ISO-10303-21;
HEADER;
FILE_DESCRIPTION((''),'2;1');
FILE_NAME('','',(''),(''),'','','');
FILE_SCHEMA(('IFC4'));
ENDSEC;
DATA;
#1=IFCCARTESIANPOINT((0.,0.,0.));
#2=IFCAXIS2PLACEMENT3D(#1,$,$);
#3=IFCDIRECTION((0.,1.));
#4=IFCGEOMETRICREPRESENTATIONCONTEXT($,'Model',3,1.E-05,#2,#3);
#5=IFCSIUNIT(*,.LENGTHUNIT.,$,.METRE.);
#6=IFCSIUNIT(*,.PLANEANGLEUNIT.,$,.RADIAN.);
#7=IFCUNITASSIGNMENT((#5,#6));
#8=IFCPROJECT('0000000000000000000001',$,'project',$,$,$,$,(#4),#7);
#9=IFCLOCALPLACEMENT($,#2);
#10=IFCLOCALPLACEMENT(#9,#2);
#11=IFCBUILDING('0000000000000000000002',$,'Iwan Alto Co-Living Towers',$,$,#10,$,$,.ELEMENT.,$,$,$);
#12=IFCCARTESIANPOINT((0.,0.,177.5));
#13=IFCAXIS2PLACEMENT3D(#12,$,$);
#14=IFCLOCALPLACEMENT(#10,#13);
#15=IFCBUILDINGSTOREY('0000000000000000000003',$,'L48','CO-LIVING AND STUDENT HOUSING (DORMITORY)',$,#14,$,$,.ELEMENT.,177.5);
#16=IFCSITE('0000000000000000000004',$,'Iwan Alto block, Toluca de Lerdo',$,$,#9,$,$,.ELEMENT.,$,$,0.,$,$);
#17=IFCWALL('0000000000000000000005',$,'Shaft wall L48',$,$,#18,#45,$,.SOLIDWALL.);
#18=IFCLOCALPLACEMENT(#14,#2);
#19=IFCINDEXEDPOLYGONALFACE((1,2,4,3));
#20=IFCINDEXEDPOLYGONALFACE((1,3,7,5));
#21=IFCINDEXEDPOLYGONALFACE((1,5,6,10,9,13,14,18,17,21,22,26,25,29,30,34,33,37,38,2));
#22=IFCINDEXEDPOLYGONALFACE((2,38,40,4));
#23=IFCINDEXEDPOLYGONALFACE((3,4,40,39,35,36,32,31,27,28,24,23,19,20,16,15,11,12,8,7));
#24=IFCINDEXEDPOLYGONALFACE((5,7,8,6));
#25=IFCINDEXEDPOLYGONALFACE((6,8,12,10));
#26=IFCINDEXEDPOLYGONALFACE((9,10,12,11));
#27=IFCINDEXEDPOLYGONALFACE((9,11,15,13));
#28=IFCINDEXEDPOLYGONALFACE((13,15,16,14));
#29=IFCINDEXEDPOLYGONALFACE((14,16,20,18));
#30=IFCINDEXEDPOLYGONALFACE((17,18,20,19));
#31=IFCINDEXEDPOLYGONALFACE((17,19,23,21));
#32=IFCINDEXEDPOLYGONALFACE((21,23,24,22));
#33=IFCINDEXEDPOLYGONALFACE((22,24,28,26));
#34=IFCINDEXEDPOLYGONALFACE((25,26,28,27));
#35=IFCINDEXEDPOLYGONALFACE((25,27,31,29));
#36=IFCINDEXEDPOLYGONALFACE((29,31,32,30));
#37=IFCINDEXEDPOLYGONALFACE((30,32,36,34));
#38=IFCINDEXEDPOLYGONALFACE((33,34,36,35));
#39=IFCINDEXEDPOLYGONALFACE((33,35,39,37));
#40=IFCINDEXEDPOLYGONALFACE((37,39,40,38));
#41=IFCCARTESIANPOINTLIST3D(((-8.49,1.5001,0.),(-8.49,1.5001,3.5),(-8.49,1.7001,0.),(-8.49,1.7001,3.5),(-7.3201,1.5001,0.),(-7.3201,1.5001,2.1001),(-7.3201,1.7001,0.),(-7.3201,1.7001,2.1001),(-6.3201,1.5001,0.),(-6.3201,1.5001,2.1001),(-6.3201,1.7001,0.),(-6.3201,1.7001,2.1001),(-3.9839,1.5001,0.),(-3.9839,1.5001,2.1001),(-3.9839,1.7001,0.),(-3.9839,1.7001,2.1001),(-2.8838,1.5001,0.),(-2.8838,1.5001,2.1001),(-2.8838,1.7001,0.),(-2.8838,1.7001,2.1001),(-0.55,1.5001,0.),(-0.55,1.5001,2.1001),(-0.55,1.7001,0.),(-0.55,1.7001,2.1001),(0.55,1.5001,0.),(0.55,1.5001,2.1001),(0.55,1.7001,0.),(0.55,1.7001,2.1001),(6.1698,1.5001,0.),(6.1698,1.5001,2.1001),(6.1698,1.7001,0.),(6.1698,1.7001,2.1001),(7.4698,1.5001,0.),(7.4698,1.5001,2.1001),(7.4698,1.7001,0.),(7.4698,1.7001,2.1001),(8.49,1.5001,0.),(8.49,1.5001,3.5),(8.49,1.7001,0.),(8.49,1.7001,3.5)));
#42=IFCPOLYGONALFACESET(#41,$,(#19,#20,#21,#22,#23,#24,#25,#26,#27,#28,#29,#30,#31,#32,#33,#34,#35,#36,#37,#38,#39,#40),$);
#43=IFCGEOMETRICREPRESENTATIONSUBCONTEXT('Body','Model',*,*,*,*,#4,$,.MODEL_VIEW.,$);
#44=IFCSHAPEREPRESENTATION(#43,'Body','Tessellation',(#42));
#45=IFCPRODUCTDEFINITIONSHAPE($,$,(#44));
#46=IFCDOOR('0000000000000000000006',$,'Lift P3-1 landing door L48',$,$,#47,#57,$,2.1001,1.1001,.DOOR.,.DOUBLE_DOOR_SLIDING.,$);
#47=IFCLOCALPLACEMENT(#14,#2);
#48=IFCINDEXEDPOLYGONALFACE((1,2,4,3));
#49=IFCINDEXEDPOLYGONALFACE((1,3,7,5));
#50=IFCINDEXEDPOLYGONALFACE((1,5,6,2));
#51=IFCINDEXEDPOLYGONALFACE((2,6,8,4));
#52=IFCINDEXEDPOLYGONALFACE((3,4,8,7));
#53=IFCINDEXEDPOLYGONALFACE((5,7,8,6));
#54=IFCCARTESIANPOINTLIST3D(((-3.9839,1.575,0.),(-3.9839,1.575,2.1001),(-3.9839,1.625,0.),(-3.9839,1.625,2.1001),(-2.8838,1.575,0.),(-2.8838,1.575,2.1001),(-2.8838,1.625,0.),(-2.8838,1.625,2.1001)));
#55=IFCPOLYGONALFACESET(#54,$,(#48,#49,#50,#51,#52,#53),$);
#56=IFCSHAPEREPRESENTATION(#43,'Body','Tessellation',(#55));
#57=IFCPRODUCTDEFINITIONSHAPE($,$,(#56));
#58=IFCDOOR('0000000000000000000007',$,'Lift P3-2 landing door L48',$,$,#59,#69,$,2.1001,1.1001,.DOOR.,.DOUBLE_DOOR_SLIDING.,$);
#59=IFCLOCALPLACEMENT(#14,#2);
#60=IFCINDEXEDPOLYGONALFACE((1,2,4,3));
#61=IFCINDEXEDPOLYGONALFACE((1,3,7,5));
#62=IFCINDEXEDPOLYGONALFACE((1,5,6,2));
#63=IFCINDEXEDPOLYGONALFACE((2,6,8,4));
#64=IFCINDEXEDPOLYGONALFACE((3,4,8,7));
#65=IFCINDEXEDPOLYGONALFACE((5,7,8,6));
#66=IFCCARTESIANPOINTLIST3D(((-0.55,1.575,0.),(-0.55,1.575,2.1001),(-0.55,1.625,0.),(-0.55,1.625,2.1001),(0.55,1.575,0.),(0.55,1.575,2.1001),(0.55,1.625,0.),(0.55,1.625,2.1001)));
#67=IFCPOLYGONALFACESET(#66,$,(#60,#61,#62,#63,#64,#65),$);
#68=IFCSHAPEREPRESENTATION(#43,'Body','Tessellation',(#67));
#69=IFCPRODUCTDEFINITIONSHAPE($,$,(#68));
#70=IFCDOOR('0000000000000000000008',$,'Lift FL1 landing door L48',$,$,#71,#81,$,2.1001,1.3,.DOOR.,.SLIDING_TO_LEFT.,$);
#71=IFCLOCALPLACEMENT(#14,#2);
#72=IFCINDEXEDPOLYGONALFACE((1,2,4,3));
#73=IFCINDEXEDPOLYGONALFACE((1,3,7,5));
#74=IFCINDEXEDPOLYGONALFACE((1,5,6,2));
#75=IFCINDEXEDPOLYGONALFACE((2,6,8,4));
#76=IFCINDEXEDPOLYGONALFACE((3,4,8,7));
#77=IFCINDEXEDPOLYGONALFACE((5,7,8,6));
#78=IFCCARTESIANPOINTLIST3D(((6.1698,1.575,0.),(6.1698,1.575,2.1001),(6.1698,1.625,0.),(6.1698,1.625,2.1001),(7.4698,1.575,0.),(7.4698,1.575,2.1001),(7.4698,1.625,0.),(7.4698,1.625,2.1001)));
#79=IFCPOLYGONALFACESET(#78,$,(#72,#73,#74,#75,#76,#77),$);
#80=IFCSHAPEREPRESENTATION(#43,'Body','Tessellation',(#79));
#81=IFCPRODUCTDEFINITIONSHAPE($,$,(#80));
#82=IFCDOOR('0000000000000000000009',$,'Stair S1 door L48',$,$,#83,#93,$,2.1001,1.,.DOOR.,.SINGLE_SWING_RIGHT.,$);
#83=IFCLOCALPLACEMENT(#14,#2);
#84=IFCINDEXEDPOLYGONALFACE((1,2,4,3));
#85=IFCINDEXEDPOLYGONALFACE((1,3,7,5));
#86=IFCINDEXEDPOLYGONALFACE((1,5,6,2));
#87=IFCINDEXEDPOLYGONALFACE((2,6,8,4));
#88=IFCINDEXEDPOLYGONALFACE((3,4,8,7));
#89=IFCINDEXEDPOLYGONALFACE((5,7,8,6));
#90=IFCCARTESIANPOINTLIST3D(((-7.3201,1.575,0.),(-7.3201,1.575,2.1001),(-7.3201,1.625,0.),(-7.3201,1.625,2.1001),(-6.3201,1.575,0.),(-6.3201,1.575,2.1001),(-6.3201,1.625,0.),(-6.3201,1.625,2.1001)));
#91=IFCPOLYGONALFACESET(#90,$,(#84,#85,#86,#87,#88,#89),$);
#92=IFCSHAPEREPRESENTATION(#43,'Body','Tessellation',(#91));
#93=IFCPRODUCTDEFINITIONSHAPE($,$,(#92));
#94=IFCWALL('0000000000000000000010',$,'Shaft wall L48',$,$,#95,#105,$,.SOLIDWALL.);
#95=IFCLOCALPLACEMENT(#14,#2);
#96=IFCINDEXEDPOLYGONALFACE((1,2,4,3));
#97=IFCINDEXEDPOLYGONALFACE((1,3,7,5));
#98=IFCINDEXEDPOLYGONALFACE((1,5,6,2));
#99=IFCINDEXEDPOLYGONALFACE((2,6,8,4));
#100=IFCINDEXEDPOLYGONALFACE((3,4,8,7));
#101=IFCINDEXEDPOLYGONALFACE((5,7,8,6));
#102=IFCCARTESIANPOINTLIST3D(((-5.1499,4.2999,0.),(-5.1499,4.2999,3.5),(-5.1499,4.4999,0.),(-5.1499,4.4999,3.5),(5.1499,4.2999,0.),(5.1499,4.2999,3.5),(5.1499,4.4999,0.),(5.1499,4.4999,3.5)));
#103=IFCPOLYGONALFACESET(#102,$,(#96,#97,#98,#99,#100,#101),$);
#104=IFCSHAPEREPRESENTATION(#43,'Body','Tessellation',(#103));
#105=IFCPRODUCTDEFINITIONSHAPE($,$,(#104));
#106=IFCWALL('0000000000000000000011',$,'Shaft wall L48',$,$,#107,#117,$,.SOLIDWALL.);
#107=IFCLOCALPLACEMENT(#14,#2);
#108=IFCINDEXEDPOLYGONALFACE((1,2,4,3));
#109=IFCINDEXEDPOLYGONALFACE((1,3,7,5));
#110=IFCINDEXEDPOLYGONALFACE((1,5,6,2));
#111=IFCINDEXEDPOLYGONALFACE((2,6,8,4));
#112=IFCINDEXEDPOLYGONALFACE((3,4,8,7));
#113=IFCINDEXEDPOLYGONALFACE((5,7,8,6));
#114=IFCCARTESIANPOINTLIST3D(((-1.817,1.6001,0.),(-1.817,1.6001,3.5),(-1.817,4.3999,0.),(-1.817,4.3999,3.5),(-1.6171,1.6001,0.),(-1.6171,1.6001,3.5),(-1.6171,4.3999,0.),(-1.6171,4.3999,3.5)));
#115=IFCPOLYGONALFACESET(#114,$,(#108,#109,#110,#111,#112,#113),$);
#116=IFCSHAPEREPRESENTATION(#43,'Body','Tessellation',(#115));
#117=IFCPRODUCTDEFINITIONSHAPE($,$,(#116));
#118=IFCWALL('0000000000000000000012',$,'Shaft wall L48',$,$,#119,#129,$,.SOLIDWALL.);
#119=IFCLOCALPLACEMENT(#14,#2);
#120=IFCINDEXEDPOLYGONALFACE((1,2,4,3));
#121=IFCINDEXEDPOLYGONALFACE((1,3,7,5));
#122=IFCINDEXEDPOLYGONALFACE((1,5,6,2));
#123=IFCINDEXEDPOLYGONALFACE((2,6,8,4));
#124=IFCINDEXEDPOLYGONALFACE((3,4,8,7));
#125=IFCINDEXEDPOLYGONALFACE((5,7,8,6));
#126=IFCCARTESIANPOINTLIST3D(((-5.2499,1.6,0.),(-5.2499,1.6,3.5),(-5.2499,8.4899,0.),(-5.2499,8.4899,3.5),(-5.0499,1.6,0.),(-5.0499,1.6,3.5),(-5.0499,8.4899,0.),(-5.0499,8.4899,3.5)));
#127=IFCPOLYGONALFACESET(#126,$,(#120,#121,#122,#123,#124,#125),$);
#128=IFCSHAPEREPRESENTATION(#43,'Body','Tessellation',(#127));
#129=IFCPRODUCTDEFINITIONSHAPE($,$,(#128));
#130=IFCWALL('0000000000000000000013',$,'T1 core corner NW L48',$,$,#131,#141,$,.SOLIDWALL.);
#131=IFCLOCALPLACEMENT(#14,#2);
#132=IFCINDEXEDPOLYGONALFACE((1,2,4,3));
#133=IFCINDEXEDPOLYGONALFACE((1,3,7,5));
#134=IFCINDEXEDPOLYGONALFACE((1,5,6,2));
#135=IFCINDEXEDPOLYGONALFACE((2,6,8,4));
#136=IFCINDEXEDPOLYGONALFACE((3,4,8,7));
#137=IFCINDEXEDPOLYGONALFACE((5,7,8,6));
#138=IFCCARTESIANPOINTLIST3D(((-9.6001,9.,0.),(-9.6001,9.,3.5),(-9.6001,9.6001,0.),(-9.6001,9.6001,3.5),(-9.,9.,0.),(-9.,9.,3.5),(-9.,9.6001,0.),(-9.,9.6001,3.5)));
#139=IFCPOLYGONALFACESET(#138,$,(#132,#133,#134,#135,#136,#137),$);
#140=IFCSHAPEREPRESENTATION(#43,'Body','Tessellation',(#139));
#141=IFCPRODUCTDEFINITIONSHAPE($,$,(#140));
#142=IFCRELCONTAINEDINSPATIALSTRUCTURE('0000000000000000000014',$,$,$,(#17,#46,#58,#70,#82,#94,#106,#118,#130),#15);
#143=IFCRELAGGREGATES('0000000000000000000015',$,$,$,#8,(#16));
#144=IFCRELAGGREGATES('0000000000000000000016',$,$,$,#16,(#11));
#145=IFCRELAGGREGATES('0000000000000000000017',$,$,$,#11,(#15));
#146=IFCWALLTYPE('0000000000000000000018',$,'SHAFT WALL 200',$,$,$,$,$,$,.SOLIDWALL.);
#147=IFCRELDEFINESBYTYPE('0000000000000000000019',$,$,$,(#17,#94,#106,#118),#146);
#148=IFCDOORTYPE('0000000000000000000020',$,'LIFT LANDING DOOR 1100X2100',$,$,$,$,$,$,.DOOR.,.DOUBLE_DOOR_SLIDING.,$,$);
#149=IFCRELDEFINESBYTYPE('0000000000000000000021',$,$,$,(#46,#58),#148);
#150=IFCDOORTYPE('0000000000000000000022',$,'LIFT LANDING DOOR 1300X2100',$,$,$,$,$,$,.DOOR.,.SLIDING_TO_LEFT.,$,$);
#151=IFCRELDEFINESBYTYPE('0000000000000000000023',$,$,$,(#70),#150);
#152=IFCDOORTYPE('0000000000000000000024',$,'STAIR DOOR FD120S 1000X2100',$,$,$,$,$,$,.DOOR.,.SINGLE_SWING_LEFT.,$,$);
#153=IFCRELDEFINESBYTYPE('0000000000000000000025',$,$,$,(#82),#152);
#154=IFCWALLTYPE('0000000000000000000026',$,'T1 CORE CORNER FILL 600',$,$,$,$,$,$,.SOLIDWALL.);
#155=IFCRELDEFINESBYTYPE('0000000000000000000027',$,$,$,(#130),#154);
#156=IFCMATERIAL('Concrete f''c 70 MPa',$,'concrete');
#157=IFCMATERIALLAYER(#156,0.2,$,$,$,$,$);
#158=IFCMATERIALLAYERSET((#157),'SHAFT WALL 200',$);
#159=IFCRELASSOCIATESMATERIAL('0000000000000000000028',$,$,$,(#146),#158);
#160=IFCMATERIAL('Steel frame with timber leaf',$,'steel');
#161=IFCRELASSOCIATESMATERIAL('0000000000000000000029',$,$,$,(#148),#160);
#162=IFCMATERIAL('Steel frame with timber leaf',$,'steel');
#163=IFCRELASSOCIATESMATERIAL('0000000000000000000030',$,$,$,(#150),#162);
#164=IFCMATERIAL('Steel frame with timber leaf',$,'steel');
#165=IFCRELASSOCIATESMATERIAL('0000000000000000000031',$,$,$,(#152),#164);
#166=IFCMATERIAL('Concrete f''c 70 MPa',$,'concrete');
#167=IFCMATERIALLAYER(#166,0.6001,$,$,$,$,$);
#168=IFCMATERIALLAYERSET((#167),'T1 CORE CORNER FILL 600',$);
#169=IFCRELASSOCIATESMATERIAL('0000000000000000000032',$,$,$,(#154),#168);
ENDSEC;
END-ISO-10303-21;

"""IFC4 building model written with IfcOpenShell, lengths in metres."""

from ifc_helpers import new_model, si_unit, direction, frame, frame_2d, origin, place, context, subcontext, project, spatial, rectangle, extrude, material, layer, layer_set, type_object, element, fill, save


model = new_model("IFC4")

# Units and contexts
model_context = context("Model", 3, precision=1e-05, world=origin(), true_north=direction((0.0, 1.0)))
body_context = subcontext(model_context, "Body", "Model", "MODEL_VIEW")
ifc_project = project(units=[si_unit("LENGTHUNIT", "METRE"), si_unit("PLANEANGLEUNIT", "RADIAN")], contexts=[model_context])

# Site, building, storey
site_placement = place(None, origin())
site = spatial("IfcSite", under=ifc_project, at=site_placement, Name="Iwan Alto block, Toluca de Lerdo", CompositionType="ELEMENT", RefElevation=0.0)
building_placement = place(site_placement, origin())
building = spatial("IfcBuilding", under=site, at=building_placement, Name="Iwan Alto Co-Living Towers", CompositionType="ELEMENT")
storey_placement = place(building_placement, frame((0.0, 0.0, 177.5)))
storey = spatial("IfcBuildingStorey", under=building, at=storey_placement, Name="L48", Description="CO-LIVING AND STUDENT HOUSING (DORMITORY)", CompositionType="ELEMENT", Elevation=177.5)

# Wall, openings, doors
ifc_material_1 = material(Name="Concrete f'c 70 MPa", Category="concrete")
ifc_layer_1 = layer(ifc_material_1, 0.2)
ifc_layer_set_1 = layer_set([ifc_layer_1], Name="SHAFT WALL 200")
wall_type_1 = type_object("IfcWallType", Name="SHAFT WALL 200", PredefinedType="SOLIDWALL", material=ifc_layer_set_1)
wall_1_placement = place(storey_placement, frame((-8.49, 1.6001, 0.0), z_axis=(0.0, 0.0, 1.0), x_axis=(1.0, 0.0, 0.0)))
wall_1 = element("IfcWall", 1, at=wall_1_placement, inside=storey, type_object=wall_type_1, Name="Shaft wall L48", PredefinedType="SOLIDWALL", context=body_context, shape_type="SweptSolid", body=[
    extrude(rectangle(XDim=16.98, YDim=0.2, at=frame_2d((8.49, 0.0))), origin(), (0.0, 0.0, 1.0), 3.5),
])
opening_1_placement = place(wall_1_placement, frame((1.1699, 0.0, 0.0)))
opening_1 = element("IfcOpeningElement", 2, at=opening_1_placement, cuts=wall_1, PredefinedType="OPENING", context=body_context, shape_type="SweptSolid", body=[
    extrude(rectangle(XDim=1.0, YDim=2.1001, at=frame_2d((0.5, 1.05))), frame((0.0, 0.1099, 0.0), z_axis=(0.0, -1.0, 0.0), x_axis=(1.0, 0.0, 0.0)), (0.0, 0.0, 1.0), 0.22),
])
opening_2_placement = place(wall_1_placement, frame((4.5061, 0.0, 0.0)))
opening_2 = element("IfcOpeningElement", 3, at=opening_2_placement, cuts=wall_1, PredefinedType="OPENING", context=body_context, shape_type="SweptSolid", body=[
    extrude(rectangle(XDim=1.1001, YDim=2.1001, at=frame_2d((0.55, 1.05))), frame((0.0, 0.1099, 0.0), z_axis=(0.0, -1.0, 0.0), x_axis=(1.0, 0.0, 0.0)), (0.0, 0.0, 1.0), 0.22),
])
opening_3_placement = place(wall_1_placement, frame((7.9399, 0.0, 0.0)))
opening_3 = element("IfcOpeningElement", 4, at=opening_3_placement, cuts=wall_1, PredefinedType="OPENING", context=body_context, shape_type="SweptSolid", body=[
    extrude(rectangle(XDim=1.1001, YDim=2.1001, at=frame_2d((0.55, 1.05))), frame((0.0, 0.1099, 0.0), z_axis=(0.0, -1.0, 0.0), x_axis=(1.0, 0.0, 0.0)), (0.0, 0.0, 1.0), 0.22),
])
opening_4_placement = place(wall_1_placement, frame((14.6599, 0.0, 0.0)))
opening_4 = element("IfcOpeningElement", 5, at=opening_4_placement, cuts=wall_1, PredefinedType="OPENING", context=body_context, shape_type="SweptSolid", body=[
    extrude(rectangle(XDim=1.3, YDim=2.1001, at=frame_2d((0.6499, 1.05))), frame((0.0, 0.1099, 0.0), z_axis=(0.0, -1.0, 0.0), x_axis=(1.0, 0.0, 0.0)), (0.0, 0.0, 1.0), 0.22),
])
ifc_material_2 = material(Name="Steel frame with timber leaf", Category="steel")
door_type_1 = type_object("IfcDoorType", Name="LIFT LANDING DOOR 1100X2100", OperationType="DOUBLE_DOOR_SLIDING", PredefinedType="DOOR", material=ifc_material_2)
door_1_placement = place(opening_2_placement, origin())
door_1 = element("IfcDoor", 6, at=door_1_placement, inside=storey, type_object=door_type_1, Name="Lift P3-1 landing door L48", OperationType="DOUBLE_DOOR_SLIDING", OverallHeight=2.1001, OverallWidth=1.1001, PredefinedType="DOOR", context=body_context, shape_type="SweptSolid", body=[
    extrude(rectangle(XDim=1.1001, YDim=2.1001, at=frame_2d((0.55, 1.05))), frame((0.0, 0.0249, 0.0), z_axis=(0.0, -1.0, 0.0), x_axis=(1.0, 0.0, 0.0)), (0.0, 0.0, 1.0), 0.05),
])
fill(opening_2, door_1)
door_2_placement = place(opening_3_placement, origin())
door_2 = element("IfcDoor", 7, at=door_2_placement, inside=storey, type_object=door_type_1, Name="Lift P3-2 landing door L48", OperationType="DOUBLE_DOOR_SLIDING", OverallHeight=2.1001, OverallWidth=1.1001, PredefinedType="DOOR", context=body_context, shape_type="SweptSolid", body=[
    extrude(rectangle(XDim=1.1001, YDim=2.1001, at=frame_2d((0.55, 1.05))), frame((0.0, 0.0249, 0.0), z_axis=(0.0, -1.0, 0.0), x_axis=(1.0, 0.0, 0.0)), (0.0, 0.0, 1.0), 0.05),
])
fill(opening_3, door_2)
ifc_material_3 = material(Name="Steel frame with timber leaf", Category="steel")
door_type_2 = type_object("IfcDoorType", Name="LIFT LANDING DOOR 1300X2100", OperationType="SLIDING_TO_LEFT", PredefinedType="DOOR", material=ifc_material_3)
door_3_placement = place(opening_4_placement, origin())
door_3 = element("IfcDoor", 8, at=door_3_placement, inside=storey, type_object=door_type_2, Name="Lift FL1 landing door L48", OperationType="SLIDING_TO_LEFT", OverallHeight=2.1001, OverallWidth=1.3, PredefinedType="DOOR", context=body_context, shape_type="SweptSolid", body=[
    extrude(rectangle(XDim=1.3, YDim=2.1001, at=frame_2d((0.6499, 1.05))), frame((0.0, 0.0249, 0.0), z_axis=(0.0, -1.0, 0.0), x_axis=(1.0, 0.0, 0.0)), (0.0, 0.0, 1.0), 0.05),
])
fill(opening_4, door_3)
ifc_material_4 = material(Name="Steel frame with timber leaf", Category="steel")
door_type_3 = type_object("IfcDoorType", Name="STAIR DOOR FD120S 1000X2100", OperationType="SINGLE_SWING_LEFT", PredefinedType="DOOR", material=ifc_material_4)
door_4_placement = place(opening_1_placement, origin())
door_4 = element("IfcDoor", 9, at=door_4_placement, inside=storey, type_object=door_type_3, Name="Stair S1 door L48", OperationType="SINGLE_SWING_RIGHT", OverallHeight=2.1001, OverallWidth=1.0, PredefinedType="DOOR", context=body_context, shape_type="SweptSolid", body=[
    extrude(rectangle(XDim=1.0, YDim=2.1001, at=frame_2d((0.5, 1.05))), frame((0.0, 0.0249, 0.0), z_axis=(0.0, -1.0, 0.0), x_axis=(1.0, 0.0, 0.0)), (0.0, 0.0, 1.0), 0.05),
])
fill(opening_1, door_4)

# Walls
wall_2_placement = place(storey_placement, frame((-5.1499, 4.3999, 0.0), z_axis=(0.0, 0.0, 1.0), x_axis=(1.0, 0.0, 0.0)))
element("IfcWall", 10, at=wall_2_placement, inside=storey, type_object=wall_type_1, Name="Shaft wall L48", PredefinedType="SOLIDWALL", context=body_context, shape_type="SweptSolid", body=[
    extrude(rectangle(XDim=10.2998, YDim=0.2, at=frame_2d((5.1499, 0.0))), origin(), (0.0, 0.0, 1.0), 3.5),
])
wall_3_placement = place(storey_placement, frame((-1.717, 1.6001, 0.0), z_axis=(0.0, 0.0, 1.0), x_axis=(0.0, 1.0, 0.0)))
element("IfcWall", 11, at=wall_3_placement, inside=storey, type_object=wall_type_1, Name="Shaft wall L48", PredefinedType="SOLIDWALL", context=body_context, shape_type="SweptSolid", body=[
    extrude(rectangle(XDim=2.7998, YDim=0.2, at=frame_2d((1.3999, 0.0))), origin(), (0.0, 0.0, 1.0), 3.5),
])
wall_4_placement = place(storey_placement, frame((-5.1499, 1.6001, 0.0), z_axis=(0.0, 0.0, 1.0), x_axis=(0.0, 1.0, 0.0)))
element("IfcWall", 12, at=wall_4_placement, inside=storey, type_object=wall_type_1, Name="Shaft wall L48", PredefinedType="SOLIDWALL", context=body_context, shape_type="SweptSolid", body=[
    extrude(rectangle(XDim=6.8899, YDim=0.2, at=frame_2d((3.4448, 0.0))), origin(), (0.0, 0.0, 1.0), 3.5),
])
ifc_material_5 = material(Name="Concrete f'c 70 MPa", Category="concrete")
ifc_layer_2 = layer(ifc_material_5, 0.6001)
ifc_layer_set_2 = layer_set([ifc_layer_2], Name="T1 CORE CORNER FILL 600")
wall_type_2 = type_object("IfcWallType", Name="T1 CORE CORNER FILL 600", PredefinedType="SOLIDWALL", material=ifc_layer_set_2)
wall_5_placement = place(storey_placement, frame((-9.6001, 9.3, 0.0), z_axis=(0.0, 0.0, 1.0), x_axis=(1.0, 0.0, 0.0)))
element("IfcWall", 13, at=wall_5_placement, inside=storey, type_object=wall_type_2, Name="T1 core corner NW L48", PredefinedType="SOLIDWALL", context=body_context, shape_type="SweptSolid", body=[
    extrude(rectangle(XDim=0.6001, YDim=0.6001, at=frame_2d((0.3, 0.0))), origin(), (0.0, 0.0, 1.0), 3.5),
])

save(model, "model.ifc")
